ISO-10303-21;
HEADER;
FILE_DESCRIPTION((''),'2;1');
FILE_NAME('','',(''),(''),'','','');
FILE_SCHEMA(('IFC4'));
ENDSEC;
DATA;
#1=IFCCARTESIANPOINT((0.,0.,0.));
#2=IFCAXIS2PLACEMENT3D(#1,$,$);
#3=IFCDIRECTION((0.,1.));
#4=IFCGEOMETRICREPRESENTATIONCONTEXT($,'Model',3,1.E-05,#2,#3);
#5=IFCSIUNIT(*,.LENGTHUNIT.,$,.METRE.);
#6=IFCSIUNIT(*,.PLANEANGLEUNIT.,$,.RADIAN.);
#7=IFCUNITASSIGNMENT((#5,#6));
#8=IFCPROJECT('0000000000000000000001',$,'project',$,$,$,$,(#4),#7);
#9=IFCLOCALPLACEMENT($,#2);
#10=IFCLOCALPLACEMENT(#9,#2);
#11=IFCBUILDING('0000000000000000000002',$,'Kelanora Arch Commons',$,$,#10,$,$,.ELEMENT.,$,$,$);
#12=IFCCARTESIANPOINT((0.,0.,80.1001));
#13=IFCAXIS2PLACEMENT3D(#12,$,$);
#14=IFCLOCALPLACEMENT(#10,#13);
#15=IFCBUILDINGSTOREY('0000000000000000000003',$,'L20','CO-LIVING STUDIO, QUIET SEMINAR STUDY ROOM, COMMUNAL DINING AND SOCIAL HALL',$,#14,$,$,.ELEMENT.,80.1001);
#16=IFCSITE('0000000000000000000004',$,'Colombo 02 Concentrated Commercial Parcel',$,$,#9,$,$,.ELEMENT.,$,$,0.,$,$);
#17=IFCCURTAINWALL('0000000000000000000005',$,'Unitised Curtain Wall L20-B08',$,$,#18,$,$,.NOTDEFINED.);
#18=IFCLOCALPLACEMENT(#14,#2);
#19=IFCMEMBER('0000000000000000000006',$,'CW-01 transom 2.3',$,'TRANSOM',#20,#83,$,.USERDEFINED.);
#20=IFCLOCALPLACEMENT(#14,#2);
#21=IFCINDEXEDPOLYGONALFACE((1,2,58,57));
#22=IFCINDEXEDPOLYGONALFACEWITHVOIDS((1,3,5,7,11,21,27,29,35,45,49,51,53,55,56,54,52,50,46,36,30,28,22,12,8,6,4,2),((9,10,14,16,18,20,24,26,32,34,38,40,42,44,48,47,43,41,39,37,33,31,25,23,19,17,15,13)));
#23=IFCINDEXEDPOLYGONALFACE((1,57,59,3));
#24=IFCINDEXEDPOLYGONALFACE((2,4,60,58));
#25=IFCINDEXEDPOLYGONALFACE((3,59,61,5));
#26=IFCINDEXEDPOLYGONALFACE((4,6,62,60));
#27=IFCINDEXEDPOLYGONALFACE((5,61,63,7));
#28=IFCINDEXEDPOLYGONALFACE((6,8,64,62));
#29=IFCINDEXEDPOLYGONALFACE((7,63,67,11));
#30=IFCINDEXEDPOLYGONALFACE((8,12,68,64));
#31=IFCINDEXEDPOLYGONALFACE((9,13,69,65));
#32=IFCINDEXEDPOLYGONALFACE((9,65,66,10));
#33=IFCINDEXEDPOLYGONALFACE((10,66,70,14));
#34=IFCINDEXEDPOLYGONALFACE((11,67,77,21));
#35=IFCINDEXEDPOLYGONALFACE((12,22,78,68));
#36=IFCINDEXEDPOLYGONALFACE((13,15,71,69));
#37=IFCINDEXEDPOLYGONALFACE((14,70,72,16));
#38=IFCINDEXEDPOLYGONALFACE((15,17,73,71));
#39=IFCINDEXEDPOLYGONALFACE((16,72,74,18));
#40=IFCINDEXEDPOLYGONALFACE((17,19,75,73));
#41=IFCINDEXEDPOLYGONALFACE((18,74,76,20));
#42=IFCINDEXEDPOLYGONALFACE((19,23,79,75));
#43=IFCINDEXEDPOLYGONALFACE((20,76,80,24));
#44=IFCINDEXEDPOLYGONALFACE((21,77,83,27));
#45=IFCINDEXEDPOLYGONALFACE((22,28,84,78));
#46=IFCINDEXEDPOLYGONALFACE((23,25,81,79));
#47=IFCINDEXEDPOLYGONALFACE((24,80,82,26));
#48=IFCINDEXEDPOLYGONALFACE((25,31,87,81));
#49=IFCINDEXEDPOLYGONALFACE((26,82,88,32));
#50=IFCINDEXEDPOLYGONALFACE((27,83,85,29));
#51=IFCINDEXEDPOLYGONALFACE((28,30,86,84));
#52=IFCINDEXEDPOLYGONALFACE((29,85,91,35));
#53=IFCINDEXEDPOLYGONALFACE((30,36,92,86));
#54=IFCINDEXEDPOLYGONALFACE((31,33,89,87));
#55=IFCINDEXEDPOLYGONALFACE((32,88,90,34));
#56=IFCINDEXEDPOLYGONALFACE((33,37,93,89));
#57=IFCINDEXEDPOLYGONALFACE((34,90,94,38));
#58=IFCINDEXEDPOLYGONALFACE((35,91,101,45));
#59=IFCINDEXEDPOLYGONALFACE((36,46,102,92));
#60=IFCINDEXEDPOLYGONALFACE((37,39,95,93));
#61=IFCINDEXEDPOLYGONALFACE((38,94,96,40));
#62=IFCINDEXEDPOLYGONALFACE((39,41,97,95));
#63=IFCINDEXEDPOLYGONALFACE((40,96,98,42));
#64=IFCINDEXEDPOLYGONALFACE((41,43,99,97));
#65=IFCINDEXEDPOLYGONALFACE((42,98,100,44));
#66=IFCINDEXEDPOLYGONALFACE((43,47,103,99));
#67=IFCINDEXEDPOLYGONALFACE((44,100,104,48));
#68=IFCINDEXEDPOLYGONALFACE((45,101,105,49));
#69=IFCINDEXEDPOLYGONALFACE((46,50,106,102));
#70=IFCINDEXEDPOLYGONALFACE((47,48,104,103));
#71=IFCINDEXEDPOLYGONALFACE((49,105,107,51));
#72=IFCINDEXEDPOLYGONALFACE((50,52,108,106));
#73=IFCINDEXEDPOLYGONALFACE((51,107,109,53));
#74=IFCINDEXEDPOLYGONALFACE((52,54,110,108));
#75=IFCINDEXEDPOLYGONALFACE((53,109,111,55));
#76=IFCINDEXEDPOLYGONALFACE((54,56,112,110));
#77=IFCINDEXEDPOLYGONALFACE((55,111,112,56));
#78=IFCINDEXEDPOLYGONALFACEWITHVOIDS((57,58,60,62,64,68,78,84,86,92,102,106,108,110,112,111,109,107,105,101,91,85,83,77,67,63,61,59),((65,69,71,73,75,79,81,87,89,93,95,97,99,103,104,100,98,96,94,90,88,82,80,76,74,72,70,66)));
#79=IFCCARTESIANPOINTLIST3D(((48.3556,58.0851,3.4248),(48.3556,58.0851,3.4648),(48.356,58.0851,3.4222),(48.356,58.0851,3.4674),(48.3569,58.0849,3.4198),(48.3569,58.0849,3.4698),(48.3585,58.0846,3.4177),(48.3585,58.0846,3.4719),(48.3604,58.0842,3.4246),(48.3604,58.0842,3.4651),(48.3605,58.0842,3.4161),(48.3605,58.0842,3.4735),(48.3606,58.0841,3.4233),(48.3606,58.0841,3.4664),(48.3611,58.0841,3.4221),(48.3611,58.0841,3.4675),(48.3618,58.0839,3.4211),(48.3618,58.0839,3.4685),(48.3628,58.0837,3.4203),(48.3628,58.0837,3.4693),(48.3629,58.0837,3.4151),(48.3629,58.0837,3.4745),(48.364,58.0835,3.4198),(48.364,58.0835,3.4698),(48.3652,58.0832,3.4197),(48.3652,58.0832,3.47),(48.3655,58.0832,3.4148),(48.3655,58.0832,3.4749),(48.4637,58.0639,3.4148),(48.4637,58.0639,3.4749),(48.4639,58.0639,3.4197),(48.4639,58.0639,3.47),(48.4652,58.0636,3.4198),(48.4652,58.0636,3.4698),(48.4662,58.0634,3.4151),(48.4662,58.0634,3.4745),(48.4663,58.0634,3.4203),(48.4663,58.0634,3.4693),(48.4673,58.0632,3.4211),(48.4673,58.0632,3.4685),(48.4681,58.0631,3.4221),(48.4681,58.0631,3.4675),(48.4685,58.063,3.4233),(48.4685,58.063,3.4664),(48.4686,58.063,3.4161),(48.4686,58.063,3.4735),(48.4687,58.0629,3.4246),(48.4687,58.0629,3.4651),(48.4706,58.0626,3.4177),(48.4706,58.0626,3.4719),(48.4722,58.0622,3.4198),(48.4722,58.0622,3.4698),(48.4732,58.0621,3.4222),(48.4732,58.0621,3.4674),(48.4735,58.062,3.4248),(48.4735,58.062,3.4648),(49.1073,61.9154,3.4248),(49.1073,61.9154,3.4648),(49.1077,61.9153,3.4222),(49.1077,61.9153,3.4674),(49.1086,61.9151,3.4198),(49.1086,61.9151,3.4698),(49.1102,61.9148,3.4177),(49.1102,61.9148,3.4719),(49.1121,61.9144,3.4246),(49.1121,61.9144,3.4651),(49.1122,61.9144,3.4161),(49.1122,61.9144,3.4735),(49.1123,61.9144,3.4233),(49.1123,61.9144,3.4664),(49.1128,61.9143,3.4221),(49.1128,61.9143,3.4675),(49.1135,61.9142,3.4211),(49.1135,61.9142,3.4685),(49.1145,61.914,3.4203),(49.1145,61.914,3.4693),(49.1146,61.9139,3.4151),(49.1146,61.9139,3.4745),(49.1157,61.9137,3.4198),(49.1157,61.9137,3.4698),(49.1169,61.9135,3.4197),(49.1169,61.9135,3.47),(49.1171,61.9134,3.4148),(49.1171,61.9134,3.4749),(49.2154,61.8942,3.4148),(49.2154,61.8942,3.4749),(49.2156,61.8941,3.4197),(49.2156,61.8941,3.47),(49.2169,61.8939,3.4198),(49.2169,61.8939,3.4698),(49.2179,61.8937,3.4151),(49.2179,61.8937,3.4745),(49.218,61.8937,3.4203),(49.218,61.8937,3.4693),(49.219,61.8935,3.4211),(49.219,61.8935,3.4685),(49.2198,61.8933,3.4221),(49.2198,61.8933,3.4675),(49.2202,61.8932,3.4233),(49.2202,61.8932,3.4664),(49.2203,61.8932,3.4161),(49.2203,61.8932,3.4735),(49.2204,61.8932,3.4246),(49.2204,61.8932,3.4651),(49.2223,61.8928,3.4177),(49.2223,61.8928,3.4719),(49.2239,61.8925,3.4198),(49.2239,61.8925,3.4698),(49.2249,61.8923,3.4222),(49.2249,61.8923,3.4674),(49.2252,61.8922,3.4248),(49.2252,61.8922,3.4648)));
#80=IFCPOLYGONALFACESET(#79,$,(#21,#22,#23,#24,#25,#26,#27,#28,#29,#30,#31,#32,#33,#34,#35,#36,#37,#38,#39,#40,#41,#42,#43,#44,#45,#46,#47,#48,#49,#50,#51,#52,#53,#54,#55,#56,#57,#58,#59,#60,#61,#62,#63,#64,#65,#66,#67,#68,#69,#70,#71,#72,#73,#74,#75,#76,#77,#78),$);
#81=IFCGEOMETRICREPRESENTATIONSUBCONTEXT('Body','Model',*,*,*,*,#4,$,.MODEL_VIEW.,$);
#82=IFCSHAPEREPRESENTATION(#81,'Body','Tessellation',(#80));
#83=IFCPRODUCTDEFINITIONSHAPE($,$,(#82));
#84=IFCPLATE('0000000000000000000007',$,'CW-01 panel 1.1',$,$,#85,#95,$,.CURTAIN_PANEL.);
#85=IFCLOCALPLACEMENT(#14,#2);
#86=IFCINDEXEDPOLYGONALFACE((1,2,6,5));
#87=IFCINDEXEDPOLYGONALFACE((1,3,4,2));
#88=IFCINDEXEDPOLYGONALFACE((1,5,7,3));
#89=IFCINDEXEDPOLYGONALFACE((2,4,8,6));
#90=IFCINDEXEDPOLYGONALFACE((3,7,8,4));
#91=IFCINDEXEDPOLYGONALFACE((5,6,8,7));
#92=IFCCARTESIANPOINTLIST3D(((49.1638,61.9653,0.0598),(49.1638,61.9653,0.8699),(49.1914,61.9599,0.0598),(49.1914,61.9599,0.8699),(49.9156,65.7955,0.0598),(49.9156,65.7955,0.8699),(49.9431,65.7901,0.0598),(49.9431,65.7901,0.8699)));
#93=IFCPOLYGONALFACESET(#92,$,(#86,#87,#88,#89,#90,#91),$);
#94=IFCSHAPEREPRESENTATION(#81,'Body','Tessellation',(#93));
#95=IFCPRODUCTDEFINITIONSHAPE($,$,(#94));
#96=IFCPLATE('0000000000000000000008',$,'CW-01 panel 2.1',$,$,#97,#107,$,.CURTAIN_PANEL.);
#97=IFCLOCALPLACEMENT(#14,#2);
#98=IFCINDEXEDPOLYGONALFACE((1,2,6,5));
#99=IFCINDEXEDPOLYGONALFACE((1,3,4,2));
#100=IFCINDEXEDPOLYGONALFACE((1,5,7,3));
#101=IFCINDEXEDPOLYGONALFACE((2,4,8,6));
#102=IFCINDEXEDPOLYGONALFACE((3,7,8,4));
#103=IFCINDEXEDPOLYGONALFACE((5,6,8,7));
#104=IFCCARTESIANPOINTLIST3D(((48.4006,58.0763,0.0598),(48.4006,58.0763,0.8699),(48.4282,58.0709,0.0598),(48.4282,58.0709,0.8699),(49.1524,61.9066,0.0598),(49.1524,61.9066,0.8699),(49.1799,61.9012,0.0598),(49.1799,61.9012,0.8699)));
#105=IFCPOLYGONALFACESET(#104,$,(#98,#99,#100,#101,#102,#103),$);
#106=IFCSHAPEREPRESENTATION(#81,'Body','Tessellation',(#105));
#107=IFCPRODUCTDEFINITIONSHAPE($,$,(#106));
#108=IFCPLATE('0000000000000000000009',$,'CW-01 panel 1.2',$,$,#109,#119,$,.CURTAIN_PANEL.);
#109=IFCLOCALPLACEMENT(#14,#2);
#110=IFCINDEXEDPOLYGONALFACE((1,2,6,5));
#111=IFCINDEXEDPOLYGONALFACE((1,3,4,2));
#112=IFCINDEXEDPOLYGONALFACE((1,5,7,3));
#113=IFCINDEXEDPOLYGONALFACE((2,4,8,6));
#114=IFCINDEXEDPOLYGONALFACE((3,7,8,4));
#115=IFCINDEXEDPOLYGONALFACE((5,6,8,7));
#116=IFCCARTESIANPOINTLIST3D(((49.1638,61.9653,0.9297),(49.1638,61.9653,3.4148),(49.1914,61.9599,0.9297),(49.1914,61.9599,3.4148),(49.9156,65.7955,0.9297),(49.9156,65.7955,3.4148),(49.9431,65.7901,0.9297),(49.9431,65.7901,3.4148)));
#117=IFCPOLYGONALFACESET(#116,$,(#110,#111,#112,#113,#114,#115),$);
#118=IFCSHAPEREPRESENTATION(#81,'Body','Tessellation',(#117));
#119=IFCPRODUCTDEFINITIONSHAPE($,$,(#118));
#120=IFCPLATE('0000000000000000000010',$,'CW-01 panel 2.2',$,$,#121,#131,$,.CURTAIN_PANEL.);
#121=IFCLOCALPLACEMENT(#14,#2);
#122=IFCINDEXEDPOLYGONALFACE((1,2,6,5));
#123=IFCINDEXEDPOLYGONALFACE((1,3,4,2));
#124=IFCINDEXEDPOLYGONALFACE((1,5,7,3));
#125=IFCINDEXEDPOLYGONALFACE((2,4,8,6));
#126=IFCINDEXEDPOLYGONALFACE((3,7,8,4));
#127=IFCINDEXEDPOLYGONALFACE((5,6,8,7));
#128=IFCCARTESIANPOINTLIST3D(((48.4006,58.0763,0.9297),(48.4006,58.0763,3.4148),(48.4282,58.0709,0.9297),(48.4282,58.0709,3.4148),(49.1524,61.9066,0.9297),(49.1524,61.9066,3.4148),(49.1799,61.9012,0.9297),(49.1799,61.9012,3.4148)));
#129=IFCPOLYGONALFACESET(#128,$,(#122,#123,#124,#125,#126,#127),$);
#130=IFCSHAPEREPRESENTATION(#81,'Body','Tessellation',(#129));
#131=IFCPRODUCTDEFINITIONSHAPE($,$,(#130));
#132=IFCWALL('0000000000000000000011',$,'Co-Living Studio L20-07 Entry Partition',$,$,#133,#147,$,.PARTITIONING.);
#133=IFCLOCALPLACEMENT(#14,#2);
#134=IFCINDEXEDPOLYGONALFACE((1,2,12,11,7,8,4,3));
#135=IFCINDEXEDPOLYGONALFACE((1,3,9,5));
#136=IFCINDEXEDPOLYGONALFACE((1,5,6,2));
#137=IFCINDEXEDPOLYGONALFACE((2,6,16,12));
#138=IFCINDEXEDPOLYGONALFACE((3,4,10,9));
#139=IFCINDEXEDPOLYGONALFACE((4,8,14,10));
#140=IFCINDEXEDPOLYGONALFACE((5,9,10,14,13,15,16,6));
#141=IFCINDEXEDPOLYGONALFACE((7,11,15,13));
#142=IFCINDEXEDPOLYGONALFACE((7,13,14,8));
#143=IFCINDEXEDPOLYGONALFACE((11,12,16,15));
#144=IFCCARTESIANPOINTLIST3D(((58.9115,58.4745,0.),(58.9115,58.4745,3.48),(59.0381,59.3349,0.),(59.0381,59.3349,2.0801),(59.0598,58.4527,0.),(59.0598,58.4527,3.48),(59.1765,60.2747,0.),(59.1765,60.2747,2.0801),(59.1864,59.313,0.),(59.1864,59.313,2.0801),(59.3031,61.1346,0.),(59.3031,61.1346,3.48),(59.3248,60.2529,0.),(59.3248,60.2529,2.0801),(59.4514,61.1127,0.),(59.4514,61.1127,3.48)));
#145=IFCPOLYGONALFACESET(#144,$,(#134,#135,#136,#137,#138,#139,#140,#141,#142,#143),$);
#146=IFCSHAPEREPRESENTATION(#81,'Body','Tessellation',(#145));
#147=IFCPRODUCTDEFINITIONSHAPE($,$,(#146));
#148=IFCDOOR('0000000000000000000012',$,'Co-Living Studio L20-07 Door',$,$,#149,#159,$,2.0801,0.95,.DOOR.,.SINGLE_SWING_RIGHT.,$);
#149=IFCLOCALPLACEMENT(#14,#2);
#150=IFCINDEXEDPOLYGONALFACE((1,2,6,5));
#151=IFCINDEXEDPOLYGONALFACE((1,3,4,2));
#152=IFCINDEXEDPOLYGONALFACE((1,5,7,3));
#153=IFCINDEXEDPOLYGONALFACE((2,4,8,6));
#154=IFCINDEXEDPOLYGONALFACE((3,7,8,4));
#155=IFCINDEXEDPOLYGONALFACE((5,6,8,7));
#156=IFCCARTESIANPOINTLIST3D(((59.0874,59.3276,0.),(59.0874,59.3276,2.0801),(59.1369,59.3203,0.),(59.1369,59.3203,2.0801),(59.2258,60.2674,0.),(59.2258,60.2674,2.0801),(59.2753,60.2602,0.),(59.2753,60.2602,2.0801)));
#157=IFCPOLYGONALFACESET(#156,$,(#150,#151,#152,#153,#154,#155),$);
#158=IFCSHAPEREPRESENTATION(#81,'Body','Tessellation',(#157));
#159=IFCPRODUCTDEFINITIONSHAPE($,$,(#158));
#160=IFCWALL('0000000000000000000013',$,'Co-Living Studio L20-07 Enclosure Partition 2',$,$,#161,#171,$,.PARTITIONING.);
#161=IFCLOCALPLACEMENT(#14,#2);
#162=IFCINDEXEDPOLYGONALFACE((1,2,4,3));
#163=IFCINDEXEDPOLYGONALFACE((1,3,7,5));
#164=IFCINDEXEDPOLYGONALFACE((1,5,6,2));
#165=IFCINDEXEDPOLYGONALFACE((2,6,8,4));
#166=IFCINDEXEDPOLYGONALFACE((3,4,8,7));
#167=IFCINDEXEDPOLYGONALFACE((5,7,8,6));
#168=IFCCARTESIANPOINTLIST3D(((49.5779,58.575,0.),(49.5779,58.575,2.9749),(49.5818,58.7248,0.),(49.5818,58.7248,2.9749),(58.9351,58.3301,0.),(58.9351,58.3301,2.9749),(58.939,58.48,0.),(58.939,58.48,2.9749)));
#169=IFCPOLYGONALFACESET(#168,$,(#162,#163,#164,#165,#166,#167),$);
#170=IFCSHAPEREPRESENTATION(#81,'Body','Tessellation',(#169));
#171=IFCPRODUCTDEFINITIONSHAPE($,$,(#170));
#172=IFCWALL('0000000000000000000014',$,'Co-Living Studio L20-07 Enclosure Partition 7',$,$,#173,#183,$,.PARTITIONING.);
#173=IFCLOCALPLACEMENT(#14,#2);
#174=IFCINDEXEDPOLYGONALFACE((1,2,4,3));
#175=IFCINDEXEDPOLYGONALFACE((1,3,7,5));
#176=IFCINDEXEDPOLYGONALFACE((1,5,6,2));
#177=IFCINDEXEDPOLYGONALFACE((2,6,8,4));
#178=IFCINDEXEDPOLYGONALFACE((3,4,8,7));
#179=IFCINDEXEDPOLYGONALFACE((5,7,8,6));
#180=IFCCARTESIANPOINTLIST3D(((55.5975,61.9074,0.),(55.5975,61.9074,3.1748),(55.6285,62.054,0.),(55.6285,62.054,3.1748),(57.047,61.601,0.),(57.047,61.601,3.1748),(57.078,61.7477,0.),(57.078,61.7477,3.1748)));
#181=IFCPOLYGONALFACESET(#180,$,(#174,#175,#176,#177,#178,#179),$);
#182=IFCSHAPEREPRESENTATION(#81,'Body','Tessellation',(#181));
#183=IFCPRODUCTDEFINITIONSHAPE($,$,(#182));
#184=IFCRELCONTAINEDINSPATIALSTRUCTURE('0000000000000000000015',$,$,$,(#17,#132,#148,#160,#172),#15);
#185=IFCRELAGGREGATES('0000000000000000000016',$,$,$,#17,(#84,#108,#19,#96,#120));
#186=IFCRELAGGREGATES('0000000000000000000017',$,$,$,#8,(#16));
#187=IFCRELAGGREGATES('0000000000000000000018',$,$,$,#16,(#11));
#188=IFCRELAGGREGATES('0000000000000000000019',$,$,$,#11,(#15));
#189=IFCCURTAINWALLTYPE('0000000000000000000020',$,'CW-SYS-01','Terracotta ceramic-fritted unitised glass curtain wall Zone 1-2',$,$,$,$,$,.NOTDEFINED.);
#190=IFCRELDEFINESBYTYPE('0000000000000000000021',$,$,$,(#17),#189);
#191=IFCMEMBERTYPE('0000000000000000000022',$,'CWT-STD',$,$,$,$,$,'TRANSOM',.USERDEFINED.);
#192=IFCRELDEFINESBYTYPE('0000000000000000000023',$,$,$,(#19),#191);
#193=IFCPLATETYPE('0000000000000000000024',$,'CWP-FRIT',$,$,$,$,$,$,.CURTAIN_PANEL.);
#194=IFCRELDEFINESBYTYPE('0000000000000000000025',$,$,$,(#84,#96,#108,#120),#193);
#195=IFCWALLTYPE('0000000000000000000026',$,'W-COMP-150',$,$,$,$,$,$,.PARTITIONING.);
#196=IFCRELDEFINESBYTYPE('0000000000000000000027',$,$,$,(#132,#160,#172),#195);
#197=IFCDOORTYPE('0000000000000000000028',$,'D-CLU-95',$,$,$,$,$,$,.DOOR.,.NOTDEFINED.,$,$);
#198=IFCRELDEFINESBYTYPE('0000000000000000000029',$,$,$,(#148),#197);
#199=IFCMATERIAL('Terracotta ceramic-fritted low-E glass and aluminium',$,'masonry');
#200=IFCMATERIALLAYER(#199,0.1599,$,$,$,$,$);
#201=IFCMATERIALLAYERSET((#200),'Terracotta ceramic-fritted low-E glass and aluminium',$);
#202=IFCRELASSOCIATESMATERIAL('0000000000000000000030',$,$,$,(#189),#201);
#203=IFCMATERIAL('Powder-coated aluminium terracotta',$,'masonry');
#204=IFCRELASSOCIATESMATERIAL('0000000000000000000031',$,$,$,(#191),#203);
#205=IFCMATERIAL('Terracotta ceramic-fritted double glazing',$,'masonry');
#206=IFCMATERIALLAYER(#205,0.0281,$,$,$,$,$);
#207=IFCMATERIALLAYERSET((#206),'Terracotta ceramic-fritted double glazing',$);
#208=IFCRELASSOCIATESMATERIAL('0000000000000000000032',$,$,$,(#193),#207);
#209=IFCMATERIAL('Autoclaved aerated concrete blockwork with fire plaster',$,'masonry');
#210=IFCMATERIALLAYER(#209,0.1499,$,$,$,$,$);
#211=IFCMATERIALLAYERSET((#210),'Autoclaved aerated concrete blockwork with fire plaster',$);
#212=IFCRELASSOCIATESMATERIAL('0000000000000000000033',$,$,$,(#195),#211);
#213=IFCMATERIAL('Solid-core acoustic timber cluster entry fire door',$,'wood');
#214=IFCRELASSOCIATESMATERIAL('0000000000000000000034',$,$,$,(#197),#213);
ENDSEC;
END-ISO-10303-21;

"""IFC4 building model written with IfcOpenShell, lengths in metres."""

from ifc_helpers import new_model, si_unit, direction, frame, frame_2d, origin, origin_2d, place, context, subcontext, project, spatial, rectangle, hollow_rectangle, extrude, source, transform, mapped, material, layer, layer_set, material_profile, profile_set, type_object, element, fill, aggregate, save


model = new_model("IFC4")

# Units and contexts
model_context = context("Model", 3, precision=1e-05, world=origin(), true_north=direction((0.0, 1.0)))
body_context = subcontext(model_context, "Body", "Model", "MODEL_VIEW")
ifc_project = project(units=[si_unit("LENGTHUNIT", "METRE"), si_unit("PLANEANGLEUNIT", "RADIAN")], contexts=[model_context])

# Site, building, storey
site_placement = place(None, origin())
site = spatial("IfcSite", under=ifc_project, at=site_placement, Name="Colombo 02 Concentrated Commercial Parcel", CompositionType="ELEMENT", RefElevation=0.0)
building_placement = place(site_placement, origin())
building = spatial("IfcBuilding", under=site, at=building_placement, Name="Kelanora Arch Commons", CompositionType="ELEMENT")
storey_placement = place(building_placement, frame((0.0, 0.0, 80.1001)))
storey = spatial("IfcBuildingStorey", under=building, at=storey_placement, Name="L20", Description="CO-LIVING STUDIO, QUIET SEMINAR STUDY ROOM, COMMUNAL DINING AND SOCIAL HALL", CompositionType="ELEMENT", Elevation=80.1001)

# Curtain wall, member, plates
ifc_material_1 = material(Name="Terracotta ceramic-fritted low-E glass and aluminium", Category="masonry")
ifc_layer_1 = layer(ifc_material_1, 0.1599)
ifc_layer_set_1 = layer_set([ifc_layer_1], Name="Terracotta ceramic-fritted low-E glass and aluminium")
curtain_wall_type = type_object("IfcCurtainWallType", Name="CW-SYS-01", Description="Terracotta ceramic-fritted unitised glass curtain wall Zone 1-2", PredefinedType="NOTDEFINED", material=ifc_layer_set_1)
curtain_wall_placement = place(storey_placement, origin())
curtain_wall = element("IfcCurtainWall", 1, at=curtain_wall_placement, inside=storey, type_object=curtain_wall_type, Name="Unitised Curtain Wall L20-B08", PredefinedType="NOTDEFINED")
ifc_material_2 = material(Name="Powder-coated aluminium terracotta", Category="masonry")
ifc_material_profile_1 = material_profile(ifc_material_2, hollow_rectangle(XDim=0.1201, YDim=0.0601, WallThickness=0.0049, InnerFilletRadius=0.0049, OuterFilletRadius=0.01, at=origin_2d()), Name="CWT120x60")
ifc_profile_set_1 = profile_set([ifc_material_profile_1], Name="Powder-coated aluminium terracotta")
member_type_1 = type_object("IfcMemberType", Name="CWT-STD", ElementType="TRANSOM", PredefinedType="USERDEFINED", material=ifc_profile_set_1)
member_1_placement = place(storey_placement, frame((49.1663, 61.9038, 3.4448), z_axis=(-0.192579, -0.981282, 0.0), x_axis=(0.981282, -0.192579, 0.0)))
member_1 = element("IfcMember", 2, at=member_1_placement, type_object=member_type_1, Name="CW-01 transom 2.3", ObjectType="TRANSOM", PredefinedType="USERDEFINED", context=body_context, shape_type="SweptSolid", body=[
    extrude(hollow_rectangle(XDim=0.1201, YDim=0.0601, WallThickness=0.0049, InnerFilletRadius=0.0049, OuterFilletRadius=0.01, at=origin_2d()), origin(), (0.0, 0.0, 1.0), 3.9033),
])
ifc_material_3 = material(Name="Terracotta ceramic-fritted double glazing", Category="masonry")
ifc_layer_2 = layer(ifc_material_3, 0.0281)
ifc_layer_set_2 = layer_set([ifc_layer_2], Name="Terracotta ceramic-fritted double glazing")
plate_type = type_object("IfcPlateType", Name="CWP-FRIT", PredefinedType="CURTAIN_PANEL", material=ifc_layer_set_2)
shared_shape_1 = source(origin(), body_context, "Body", "SweptSolid", [
    extrude(rectangle(XDim=3.9033, YDim=0.0281, at=origin_2d()), origin(), (0.0, 0.0, 1.0), 0.8101),
])
plate_1_placement = place(storey_placement, frame((49.5535, 63.8777, 0.0598), z_axis=(0.0, 0.0, 1.0), x_axis=(-0.192585, -0.98128, 0.0)))
plate_1 = element("IfcPlate", 3, at=plate_1_placement, type_object=plate_type, Name="CW-01 panel 1.1", PredefinedType="CURTAIN_PANEL", context=body_context, shape_type="MappedRepresentation", body=[
    mapped(shared_shape_1, transform((0.0, 0.0, 0.0), scale=1.0)),
])
plate_2_placement = place(storey_placement, frame((48.7903, 59.9888, 0.0598), z_axis=(0.0, 0.0, 1.0), x_axis=(-0.192585, -0.98128, 0.0)))
plate_2 = element("IfcPlate", 4, at=plate_2_placement, type_object=plate_type, Name="CW-01 panel 2.1", PredefinedType="CURTAIN_PANEL", context=body_context, shape_type="MappedRepresentation", body=[
    mapped(shared_shape_1, transform((0.0, 0.0, 0.0), scale=1.0)),
])
shared_shape_2 = source(origin(), body_context, "Body", "SweptSolid", [
    extrude(rectangle(XDim=3.9033, YDim=0.0281, at=origin_2d()), origin(), (0.0, 0.0, 1.0), 2.4851),
])
plate_3_placement = place(storey_placement, frame((49.5535, 63.8777, 0.9297), z_axis=(0.0, 0.0, 1.0), x_axis=(-0.192585, -0.98128, 0.0)))
plate_3 = element("IfcPlate", 5, at=plate_3_placement, type_object=plate_type, Name="CW-01 panel 1.2", PredefinedType="CURTAIN_PANEL", context=body_context, shape_type="MappedRepresentation", body=[
    mapped(shared_shape_2, transform((0.0, 0.0, 0.0), scale=1.0)),
])
plate_4_placement = place(storey_placement, frame((48.7903, 59.9888, 0.9297), z_axis=(0.0, 0.0, 1.0), x_axis=(-0.192585, -0.98128, 0.0)))
plate_4 = element("IfcPlate", 6, at=plate_4_placement, type_object=plate_type, Name="CW-01 panel 2.2", PredefinedType="CURTAIN_PANEL", context=body_context, shape_type="MappedRepresentation", body=[
    mapped(shared_shape_2, transform((0.0, 0.0, 0.0), scale=1.0)),
])
aggregate(curtain_wall, [plate_1, plate_3, member_1, plate_2, plate_4])

# Wall, opening, door
ifc_material_4 = material(Name="Autoclaved aerated concrete blockwork with fire plaster", Category="masonry")
ifc_layer_3 = layer(ifc_material_4, 0.1499)
ifc_layer_set_3 = layer_set([ifc_layer_3], Name="Autoclaved aerated concrete blockwork with fire plaster")
wall_type_1 = type_object("IfcWallType", Name="W-COMP-150", PredefinedType="PARTITIONING", material=ifc_layer_set_3)
wall_1_placement = place(storey_placement, frame((59.3772, 61.1235, 0.0), z_axis=(0.0, 0.0, 1.0), x_axis=(-0.14564, -0.989338, 0.0)))
wall_1 = element("IfcWall", 7, at=wall_1_placement, inside=storey, type_object=wall_type_1, Name="Co-Living Studio L20-07 Entry Partition", PredefinedType="PARTITIONING", context=body_context, shape_type="SweptSolid", body=[
    extrude(rectangle(XDim=2.6887, YDim=0.1499, at=frame_2d((1.3442, 0.0))), origin(), (0.0, 0.0, 1.0), 3.48),
])
opening_1_placement = place(wall_1_placement, frame((0.8689, 0.0, 0.0)))
opening_1 = element("IfcOpeningElement", 8, at=opening_1_placement, cuts=wall_1, PredefinedType="OPENING", context=body_context, shape_type="SweptSolid", body=[
    extrude(rectangle(XDim=0.95, YDim=2.0801, at=frame_2d((0.4751, 1.04))), frame((0.0, 0.085, 0.0), z_axis=(0.0, -1.0, 0.0), x_axis=(1.0, 0.0, 0.0)), (0.0, 0.0, 1.0), 0.1699),
])
ifc_material_5 = material(Name="Solid-core acoustic timber cluster entry fire door", Category="wood")
door_type_1 = type_object("IfcDoorType", Name="D-CLU-95", OperationType="NOTDEFINED", PredefinedType="DOOR", material=ifc_material_5)
door_1_placement = place(opening_1_placement, origin())
door_1 = element("IfcDoor", 9, at=door_1_placement, inside=storey, type_object=door_type_1, Name="Co-Living Studio L20-07 Door", OperationType="SINGLE_SWING_RIGHT", OverallHeight=2.0801, OverallWidth=0.95, PredefinedType="DOOR", context=body_context, shape_type="SweptSolid", body=[
    extrude(rectangle(XDim=0.95, YDim=2.0801, at=frame_2d((0.4751, 1.04))), frame((0.0, 0.0249, 0.0), z_axis=(0.0, -1.0, 0.0), x_axis=(1.0, 0.0, 0.0)), (0.0, 0.0, 1.0), 0.05),
])
fill(opening_1, door_1)

# Walls
wall_2_placement = place(storey_placement, frame((58.937, 58.405, 0.0), z_axis=(0.0, 0.0, 1.0), x_axis=(-0.999658, 0.026161, 0.0)))
element("IfcWall", 10, at=wall_2_placement, inside=storey, type_object=wall_type_1, Name="Co-Living Studio L20-07 Enclosure Partition 2", PredefinedType="PARTITIONING", context=body_context, shape_type="SweptSolid", body=[
    extrude(rectangle(XDim=9.3604, YDim=0.1499, at=frame_2d((4.6802, 0.0))), origin(), (0.0, 0.0, 1.0), 2.9749),
])
wall_3_placement = place(storey_placement, frame((55.613, 61.9807, 0.0), z_axis=(0.0, 0.0, 1.0), x_axis=(0.97838, -0.206816, 0.0)))
element("IfcWall", 11, at=wall_3_placement, inside=storey, type_object=wall_type_1, Name="Co-Living Studio L20-07 Enclosure Partition 7", PredefinedType="PARTITIONING", context=body_context, shape_type="SweptSolid", body=[
    extrude(rectangle(XDim=1.4814, YDim=0.1499, at=frame_2d((0.7407, 0.0))), origin(), (0.0, 0.0, 1.0), 3.1748),
])

save(model, "model.ifc")
